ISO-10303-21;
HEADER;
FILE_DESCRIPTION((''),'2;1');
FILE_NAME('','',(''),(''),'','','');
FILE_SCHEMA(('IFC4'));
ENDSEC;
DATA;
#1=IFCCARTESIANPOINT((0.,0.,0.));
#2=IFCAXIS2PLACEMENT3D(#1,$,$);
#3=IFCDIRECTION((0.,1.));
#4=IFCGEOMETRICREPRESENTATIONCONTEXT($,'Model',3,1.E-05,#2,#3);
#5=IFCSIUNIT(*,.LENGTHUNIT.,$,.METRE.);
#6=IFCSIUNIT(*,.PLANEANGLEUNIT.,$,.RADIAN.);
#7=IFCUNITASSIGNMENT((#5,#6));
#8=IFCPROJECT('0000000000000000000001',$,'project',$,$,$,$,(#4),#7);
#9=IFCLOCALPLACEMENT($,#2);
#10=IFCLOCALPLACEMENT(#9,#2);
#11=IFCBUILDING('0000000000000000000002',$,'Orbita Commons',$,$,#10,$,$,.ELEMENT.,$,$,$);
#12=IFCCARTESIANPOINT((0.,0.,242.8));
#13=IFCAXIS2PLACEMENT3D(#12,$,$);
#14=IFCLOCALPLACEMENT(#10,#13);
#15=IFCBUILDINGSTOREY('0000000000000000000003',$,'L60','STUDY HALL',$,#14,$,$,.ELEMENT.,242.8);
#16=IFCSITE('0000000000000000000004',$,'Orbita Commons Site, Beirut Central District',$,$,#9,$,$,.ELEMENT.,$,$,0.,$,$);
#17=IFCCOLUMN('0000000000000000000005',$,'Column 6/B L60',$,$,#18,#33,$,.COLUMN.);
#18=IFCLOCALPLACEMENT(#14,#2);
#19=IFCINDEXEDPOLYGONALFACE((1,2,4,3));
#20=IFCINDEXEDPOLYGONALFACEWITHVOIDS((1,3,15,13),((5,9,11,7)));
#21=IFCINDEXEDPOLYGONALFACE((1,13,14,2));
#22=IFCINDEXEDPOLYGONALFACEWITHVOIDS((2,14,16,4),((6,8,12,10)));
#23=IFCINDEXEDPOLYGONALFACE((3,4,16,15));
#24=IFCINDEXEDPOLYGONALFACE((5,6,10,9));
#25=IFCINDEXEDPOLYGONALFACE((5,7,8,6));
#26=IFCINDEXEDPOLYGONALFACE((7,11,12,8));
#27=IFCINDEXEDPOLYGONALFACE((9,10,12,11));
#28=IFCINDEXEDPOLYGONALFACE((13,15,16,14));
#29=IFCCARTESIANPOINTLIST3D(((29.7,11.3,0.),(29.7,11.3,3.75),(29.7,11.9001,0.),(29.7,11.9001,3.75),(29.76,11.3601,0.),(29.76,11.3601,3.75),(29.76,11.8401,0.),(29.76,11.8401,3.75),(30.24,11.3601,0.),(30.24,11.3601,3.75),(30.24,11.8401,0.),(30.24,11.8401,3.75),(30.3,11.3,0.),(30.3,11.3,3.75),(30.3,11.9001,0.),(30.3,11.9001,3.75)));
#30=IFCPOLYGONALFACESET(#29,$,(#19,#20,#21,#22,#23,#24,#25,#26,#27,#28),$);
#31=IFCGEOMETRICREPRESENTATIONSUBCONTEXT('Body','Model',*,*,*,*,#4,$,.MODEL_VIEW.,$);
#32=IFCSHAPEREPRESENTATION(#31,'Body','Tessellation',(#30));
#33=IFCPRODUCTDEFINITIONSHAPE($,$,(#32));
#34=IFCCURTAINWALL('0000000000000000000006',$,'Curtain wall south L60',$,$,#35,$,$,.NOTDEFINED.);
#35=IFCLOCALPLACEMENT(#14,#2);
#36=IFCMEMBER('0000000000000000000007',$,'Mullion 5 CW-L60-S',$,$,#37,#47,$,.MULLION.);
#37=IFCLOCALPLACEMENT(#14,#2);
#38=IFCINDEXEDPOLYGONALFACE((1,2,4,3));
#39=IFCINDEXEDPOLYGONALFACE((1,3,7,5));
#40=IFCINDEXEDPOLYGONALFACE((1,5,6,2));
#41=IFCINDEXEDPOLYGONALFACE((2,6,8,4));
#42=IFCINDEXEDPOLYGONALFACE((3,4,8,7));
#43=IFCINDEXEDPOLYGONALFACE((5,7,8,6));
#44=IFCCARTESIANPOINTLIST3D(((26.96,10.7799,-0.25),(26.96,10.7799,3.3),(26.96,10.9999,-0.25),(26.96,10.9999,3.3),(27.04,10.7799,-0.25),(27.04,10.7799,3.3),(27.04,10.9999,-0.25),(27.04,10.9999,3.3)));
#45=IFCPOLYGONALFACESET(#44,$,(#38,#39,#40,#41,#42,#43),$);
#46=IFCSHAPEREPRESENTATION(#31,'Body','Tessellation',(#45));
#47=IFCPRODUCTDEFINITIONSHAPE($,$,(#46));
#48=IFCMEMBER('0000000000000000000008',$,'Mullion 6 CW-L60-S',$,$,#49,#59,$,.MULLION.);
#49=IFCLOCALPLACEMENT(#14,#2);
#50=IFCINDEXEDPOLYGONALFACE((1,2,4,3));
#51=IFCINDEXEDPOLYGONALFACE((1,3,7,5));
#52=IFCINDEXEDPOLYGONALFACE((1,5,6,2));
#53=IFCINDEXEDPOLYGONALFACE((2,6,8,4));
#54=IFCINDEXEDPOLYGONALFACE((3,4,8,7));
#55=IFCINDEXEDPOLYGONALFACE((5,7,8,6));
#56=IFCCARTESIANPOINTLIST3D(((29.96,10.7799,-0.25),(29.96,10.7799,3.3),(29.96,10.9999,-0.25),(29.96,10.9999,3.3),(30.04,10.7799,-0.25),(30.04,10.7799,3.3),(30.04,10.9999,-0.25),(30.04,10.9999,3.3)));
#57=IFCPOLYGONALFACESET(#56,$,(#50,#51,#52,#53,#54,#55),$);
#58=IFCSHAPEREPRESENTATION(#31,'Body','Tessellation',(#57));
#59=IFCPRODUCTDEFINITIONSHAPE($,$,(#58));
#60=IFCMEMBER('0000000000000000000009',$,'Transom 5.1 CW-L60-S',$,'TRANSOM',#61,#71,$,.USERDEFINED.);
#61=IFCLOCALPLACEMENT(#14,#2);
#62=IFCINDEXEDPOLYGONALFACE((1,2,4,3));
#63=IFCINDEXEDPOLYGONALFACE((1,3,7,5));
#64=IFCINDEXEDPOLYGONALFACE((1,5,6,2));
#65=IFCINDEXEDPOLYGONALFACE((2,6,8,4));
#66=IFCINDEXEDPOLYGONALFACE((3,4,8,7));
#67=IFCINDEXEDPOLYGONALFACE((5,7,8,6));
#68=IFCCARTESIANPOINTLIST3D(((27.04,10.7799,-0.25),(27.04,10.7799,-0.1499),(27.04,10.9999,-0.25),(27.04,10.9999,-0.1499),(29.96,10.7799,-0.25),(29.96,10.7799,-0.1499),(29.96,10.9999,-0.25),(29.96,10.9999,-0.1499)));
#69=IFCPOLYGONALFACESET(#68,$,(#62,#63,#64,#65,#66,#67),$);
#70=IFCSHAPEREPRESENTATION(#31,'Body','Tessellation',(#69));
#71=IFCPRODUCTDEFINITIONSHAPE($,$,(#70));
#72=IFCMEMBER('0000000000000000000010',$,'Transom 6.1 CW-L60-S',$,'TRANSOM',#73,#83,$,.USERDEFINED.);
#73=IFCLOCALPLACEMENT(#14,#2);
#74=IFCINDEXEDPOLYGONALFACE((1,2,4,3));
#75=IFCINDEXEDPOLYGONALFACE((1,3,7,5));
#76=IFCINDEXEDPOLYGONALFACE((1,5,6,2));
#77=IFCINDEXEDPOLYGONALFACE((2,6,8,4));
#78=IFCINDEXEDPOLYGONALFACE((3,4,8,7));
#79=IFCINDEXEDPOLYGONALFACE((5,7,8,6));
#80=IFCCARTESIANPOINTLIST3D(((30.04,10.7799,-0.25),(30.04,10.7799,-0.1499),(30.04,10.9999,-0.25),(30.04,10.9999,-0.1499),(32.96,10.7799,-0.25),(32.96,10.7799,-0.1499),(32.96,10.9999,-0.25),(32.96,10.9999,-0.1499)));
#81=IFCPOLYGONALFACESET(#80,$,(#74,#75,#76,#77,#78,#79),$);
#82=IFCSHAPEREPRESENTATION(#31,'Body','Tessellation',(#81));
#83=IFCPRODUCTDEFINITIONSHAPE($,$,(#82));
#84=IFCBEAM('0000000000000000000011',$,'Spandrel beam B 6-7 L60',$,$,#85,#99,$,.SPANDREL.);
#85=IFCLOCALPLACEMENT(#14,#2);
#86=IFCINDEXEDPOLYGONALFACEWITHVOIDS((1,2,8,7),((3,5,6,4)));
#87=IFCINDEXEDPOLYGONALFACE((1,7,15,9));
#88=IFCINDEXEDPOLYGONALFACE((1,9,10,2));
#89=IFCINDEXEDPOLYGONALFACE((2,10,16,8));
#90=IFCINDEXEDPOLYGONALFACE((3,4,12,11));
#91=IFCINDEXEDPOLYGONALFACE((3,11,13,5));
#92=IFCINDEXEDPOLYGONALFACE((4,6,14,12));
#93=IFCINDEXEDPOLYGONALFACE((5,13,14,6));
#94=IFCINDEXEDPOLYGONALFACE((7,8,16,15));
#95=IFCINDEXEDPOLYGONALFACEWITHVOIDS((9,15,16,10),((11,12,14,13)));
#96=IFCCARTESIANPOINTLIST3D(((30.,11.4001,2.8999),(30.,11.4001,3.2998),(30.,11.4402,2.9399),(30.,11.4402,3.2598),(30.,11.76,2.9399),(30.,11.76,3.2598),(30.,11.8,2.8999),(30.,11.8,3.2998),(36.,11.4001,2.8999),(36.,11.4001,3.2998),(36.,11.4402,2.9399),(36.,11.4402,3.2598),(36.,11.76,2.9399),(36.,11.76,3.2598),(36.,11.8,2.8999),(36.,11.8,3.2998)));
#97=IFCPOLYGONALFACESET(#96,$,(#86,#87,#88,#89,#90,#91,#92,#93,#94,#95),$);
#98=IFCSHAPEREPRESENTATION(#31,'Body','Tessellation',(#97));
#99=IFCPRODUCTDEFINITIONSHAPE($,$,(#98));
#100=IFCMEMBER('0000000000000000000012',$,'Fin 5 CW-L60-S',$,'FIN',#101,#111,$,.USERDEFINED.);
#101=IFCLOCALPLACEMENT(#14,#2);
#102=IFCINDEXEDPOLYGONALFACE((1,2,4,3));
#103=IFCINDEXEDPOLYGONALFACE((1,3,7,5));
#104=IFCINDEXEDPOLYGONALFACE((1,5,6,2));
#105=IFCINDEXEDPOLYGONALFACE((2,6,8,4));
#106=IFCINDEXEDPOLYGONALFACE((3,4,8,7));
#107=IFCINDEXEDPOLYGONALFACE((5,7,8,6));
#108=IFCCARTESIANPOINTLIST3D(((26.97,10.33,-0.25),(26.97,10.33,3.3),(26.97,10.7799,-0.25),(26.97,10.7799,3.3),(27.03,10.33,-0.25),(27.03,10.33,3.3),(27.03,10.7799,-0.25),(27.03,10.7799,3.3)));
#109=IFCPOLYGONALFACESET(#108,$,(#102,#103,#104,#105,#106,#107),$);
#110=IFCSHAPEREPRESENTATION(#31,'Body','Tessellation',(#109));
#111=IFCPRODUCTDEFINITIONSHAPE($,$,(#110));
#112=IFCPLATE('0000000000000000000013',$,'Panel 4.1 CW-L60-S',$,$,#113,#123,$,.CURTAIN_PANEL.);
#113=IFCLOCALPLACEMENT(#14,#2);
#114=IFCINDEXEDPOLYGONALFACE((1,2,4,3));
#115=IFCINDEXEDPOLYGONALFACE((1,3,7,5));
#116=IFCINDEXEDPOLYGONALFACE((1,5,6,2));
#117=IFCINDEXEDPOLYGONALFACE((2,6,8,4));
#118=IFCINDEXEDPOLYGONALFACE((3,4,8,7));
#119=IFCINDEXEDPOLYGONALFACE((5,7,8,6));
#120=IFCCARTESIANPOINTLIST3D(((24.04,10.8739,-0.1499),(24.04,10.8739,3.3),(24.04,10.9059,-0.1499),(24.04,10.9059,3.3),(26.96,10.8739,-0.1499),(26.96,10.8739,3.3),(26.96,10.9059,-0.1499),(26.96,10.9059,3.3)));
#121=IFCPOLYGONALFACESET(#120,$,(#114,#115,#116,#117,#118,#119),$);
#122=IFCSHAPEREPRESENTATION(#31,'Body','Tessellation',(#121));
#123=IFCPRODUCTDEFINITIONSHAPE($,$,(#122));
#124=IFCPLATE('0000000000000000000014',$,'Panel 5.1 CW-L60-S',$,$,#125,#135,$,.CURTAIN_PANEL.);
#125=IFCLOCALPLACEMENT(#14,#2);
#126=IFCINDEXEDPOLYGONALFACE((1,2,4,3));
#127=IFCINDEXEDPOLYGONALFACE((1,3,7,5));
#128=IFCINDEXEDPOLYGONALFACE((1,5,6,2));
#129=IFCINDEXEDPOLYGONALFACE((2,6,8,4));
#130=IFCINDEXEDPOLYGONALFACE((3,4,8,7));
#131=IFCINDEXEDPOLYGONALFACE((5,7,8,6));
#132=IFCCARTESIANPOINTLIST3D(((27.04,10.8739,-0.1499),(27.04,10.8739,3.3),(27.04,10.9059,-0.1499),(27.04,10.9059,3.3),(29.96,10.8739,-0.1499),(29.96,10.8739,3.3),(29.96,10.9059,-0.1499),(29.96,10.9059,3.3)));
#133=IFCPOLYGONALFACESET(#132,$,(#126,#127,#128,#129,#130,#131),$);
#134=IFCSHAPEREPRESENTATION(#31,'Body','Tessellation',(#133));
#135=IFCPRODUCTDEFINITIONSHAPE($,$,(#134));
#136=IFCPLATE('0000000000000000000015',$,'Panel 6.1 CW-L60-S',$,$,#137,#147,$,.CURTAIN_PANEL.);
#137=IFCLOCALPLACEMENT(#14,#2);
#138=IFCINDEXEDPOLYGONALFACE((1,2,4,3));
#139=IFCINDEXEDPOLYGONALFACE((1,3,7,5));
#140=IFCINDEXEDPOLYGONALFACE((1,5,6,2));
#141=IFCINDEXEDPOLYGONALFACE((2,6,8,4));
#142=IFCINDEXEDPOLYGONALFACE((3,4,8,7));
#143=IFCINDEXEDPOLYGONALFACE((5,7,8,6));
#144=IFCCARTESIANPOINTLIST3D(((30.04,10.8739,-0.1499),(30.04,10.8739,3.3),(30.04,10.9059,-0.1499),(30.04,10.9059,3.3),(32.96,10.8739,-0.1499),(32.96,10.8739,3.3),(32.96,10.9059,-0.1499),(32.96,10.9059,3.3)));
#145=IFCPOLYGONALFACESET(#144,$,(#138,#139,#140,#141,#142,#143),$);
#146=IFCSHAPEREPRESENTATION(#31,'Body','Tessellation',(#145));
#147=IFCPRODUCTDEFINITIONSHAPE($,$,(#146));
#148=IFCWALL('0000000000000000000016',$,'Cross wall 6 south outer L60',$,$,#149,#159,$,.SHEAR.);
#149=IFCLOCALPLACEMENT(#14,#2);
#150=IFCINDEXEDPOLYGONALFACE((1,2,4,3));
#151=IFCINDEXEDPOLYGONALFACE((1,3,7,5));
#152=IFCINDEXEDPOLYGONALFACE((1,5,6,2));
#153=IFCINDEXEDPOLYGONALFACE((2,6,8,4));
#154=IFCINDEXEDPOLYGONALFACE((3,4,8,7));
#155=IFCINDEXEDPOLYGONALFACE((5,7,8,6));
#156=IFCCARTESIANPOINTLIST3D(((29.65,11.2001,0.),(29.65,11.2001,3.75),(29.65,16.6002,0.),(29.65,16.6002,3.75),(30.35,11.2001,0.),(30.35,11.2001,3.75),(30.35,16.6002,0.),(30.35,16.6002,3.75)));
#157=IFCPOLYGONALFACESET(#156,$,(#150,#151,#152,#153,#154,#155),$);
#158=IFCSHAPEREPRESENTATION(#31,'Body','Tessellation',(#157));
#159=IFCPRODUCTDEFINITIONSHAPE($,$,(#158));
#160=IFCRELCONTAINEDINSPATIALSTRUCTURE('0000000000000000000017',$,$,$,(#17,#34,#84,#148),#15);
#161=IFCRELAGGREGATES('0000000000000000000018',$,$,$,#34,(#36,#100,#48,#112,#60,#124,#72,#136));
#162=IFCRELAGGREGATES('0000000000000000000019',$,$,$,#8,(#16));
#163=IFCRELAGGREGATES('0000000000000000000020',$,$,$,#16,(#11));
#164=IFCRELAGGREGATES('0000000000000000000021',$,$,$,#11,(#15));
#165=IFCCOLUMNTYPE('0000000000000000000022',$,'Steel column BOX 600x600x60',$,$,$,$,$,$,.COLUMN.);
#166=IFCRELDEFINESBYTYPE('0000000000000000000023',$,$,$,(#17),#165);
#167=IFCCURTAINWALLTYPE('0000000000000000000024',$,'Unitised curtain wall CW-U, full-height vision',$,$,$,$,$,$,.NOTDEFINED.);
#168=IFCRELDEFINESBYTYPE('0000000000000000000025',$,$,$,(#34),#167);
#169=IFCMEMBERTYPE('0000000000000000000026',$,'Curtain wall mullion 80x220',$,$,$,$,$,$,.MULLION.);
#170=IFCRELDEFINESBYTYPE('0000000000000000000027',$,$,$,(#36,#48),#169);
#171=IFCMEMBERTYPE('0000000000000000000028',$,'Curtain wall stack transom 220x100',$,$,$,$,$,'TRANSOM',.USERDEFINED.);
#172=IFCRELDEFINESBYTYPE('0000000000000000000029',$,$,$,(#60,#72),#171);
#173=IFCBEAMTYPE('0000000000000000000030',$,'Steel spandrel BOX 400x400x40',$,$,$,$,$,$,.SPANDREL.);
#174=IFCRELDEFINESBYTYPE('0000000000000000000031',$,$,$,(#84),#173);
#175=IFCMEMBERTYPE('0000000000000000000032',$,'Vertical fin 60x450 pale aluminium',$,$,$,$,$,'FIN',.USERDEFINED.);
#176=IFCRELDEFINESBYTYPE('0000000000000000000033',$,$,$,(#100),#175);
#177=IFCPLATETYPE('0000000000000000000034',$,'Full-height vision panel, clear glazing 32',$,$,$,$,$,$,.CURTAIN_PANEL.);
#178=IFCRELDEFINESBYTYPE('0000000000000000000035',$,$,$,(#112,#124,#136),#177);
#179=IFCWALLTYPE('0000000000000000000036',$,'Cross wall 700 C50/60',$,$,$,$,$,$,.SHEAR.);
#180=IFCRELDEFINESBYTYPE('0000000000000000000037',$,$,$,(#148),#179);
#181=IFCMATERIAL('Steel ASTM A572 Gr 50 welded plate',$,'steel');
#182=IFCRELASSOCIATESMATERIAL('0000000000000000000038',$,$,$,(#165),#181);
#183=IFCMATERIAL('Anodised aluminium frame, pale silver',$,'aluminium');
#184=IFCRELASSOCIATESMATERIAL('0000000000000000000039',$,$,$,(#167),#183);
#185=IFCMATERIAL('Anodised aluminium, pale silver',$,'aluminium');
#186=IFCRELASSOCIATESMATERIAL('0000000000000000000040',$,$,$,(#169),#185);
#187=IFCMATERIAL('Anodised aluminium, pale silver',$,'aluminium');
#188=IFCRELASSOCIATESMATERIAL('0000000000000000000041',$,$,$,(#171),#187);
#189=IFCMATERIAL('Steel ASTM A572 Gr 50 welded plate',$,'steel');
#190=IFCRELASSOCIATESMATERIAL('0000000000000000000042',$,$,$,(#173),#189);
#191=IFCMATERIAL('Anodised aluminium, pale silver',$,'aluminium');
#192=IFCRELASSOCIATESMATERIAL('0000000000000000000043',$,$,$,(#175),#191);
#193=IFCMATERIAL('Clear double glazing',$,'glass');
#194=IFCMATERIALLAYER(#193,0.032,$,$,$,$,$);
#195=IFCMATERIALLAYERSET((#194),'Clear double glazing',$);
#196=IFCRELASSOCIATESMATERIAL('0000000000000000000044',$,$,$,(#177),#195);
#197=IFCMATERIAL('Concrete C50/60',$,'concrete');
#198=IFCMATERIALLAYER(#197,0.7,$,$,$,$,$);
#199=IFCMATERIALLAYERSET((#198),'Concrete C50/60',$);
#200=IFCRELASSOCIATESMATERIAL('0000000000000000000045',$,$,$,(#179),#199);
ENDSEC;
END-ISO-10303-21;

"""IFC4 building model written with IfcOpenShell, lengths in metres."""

from ifc_helpers import new_model, si_unit, direction, frame, frame_2d, origin, origin_2d, place, context, subcontext, project, spatial, rectangle, hollow_rectangle, extrude, material, layer, layer_set, material_profile, profile_set, type_object, element, aggregate, save


model = new_model("IFC4")

# Units and contexts
model_context = context("Model", 3, precision=1e-05, world=origin(), true_north=direction((0.0, 1.0)))
body_context = subcontext(model_context, "Body", "Model", "MODEL_VIEW")
ifc_project = project(units=[si_unit("LENGTHUNIT", "METRE"), si_unit("PLANEANGLEUNIT", "RADIAN")], contexts=[model_context])

# Site, building, storey
site_placement = place(None, origin())
site = spatial("IfcSite", under=ifc_project, at=site_placement, Name="Orbita Commons Site, Beirut Central District", CompositionType="ELEMENT", RefElevation=0.0)
building_placement = place(site_placement, origin())
building = spatial("IfcBuilding", under=site, at=building_placement, Name="Orbita Commons", CompositionType="ELEMENT")
storey_placement = place(building_placement, frame((0.0, 0.0, 242.8)))
storey = spatial("IfcBuildingStorey", under=building, at=storey_placement, Name="L60", Description="STUDY HALL", CompositionType="ELEMENT", Elevation=242.8)

# Column
ifc_material_1 = material(Name="Steel ASTM A572 Gr 50 welded plate", Category="steel")
ifc_material_profile_1 = material_profile(ifc_material_1, hollow_rectangle(XDim=0.6001, YDim=0.6001, WallThickness=0.0601, at=origin_2d()), Name="BOX 600x600x60")
ifc_profile_set_1 = profile_set([ifc_material_profile_1], Name="Steel ASTM A572 Gr 50 welded plate")
column_type = type_object("IfcColumnType", Name="Steel column BOX 600x600x60", PredefinedType="COLUMN", material=ifc_profile_set_1)
column_placement = place(storey_placement, frame((30.0, 11.6001, 0.0), z_axis=(0.0, 0.0, 1.0), x_axis=(1.0, 0.0, 0.0)))
element("IfcColumn", 1, at=column_placement, inside=storey, type_object=column_type, Name="Column 6/B L60", PredefinedType="COLUMN", context=body_context, shape_type="SweptSolid", body=[
    extrude(hollow_rectangle(XDim=0.6001, YDim=0.6001, WallThickness=0.0601, at=origin_2d()), origin(), (0.0, 0.0, 1.0), 3.75),
])

# Curtain wall, members
ifc_material_2 = material(Name="Anodised aluminium frame, pale silver", Category="aluminium")
curtain_wall_type = type_object("IfcCurtainWallType", Name="Unitised curtain wall CW-U, full-height vision", PredefinedType="NOTDEFINED", material=ifc_material_2)
curtain_wall_placement = place(storey_placement, origin())
curtain_wall = element("IfcCurtainWall", 2, at=curtain_wall_placement, inside=storey, type_object=curtain_wall_type, Name="Curtain wall south L60", PredefinedType="NOTDEFINED")
ifc_material_3 = material(Name="Anodised aluminium, pale silver", Category="aluminium")
ifc_material_profile_2 = material_profile(ifc_material_3, rectangle(XDim=0.0801, YDim=0.22, at=origin_2d()), Name="AL 80x220")
ifc_profile_set_2 = profile_set([ifc_material_profile_2], Name="Anodised aluminium, pale silver")
member_type_1 = type_object("IfcMemberType", Name="Curtain wall mullion 80x220", PredefinedType="MULLION", material=ifc_profile_set_2)
member_1_placement = place(storey_placement, frame((27.0, 10.8899, -0.25), z_axis=(0.0, 0.0, 1.0), x_axis=(1.0, 0.0, 0.0)))
member_1 = element("IfcMember", 3, at=member_1_placement, type_object=member_type_1, Name="Mullion 5 CW-L60-S", PredefinedType="MULLION", context=body_context, shape_type="SweptSolid", body=[
    extrude(rectangle(XDim=0.0801, YDim=0.22, at=origin_2d()), origin(), (0.0, 0.0, 1.0), 3.55),
])
member_2_placement = place(storey_placement, frame((30.0, 10.8899, -0.25), z_axis=(0.0, 0.0, 1.0), x_axis=(1.0, 0.0, 0.0)))
member_2 = element("IfcMember", 4, at=member_2_placement, type_object=member_type_1, Name="Mullion 6 CW-L60-S", PredefinedType="MULLION", context=body_context, shape_type="SweptSolid", body=[
    extrude(rectangle(XDim=0.0801, YDim=0.22, at=origin_2d()), origin(), (0.0, 0.0, 1.0), 3.55),
])
ifc_material_4 = material(Name="Anodised aluminium, pale silver", Category="aluminium")
ifc_material_profile_3 = material_profile(ifc_material_4, rectangle(XDim=0.22, YDim=0.1001, at=origin_2d()), Name="AL 220x100")
ifc_profile_set_3 = profile_set([ifc_material_profile_3], Name="Anodised aluminium, pale silver")
member_type_2 = type_object("IfcMemberType", Name="Curtain wall stack transom 220x100", ElementType="TRANSOM", PredefinedType="USERDEFINED", material=ifc_profile_set_3)
member_3_placement = place(storey_placement, frame((27.04, 10.8899, -0.2), z_axis=(1.0, 0.0, 0.0), x_axis=(0.0, 1.0, 0.0)))
member_3 = element("IfcMember", 5, at=member_3_placement, type_object=member_type_2, Name="Transom 5.1 CW-L60-S", ObjectType="TRANSOM", PredefinedType="USERDEFINED", context=body_context, shape_type="SweptSolid", body=[
    extrude(rectangle(XDim=0.22, YDim=0.1001, at=origin_2d()), origin(), (0.0, 0.0, 1.0), 2.9199),
])
member_4_placement = place(storey_placement, frame((30.04, 10.8899, -0.2), z_axis=(1.0, 0.0, 0.0), x_axis=(0.0, 1.0, 0.0)))
member_4 = element("IfcMember", 6, at=member_4_placement, type_object=member_type_2, Name="Transom 6.1 CW-L60-S", ObjectType="TRANSOM", PredefinedType="USERDEFINED", context=body_context, shape_type="SweptSolid", body=[
    extrude(rectangle(XDim=0.22, YDim=0.1001, at=origin_2d()), origin(), (0.0, 0.0, 1.0), 2.9199),
])

# Beam
ifc_material_5 = material(Name="Steel ASTM A572 Gr 50 welded plate", Category="steel")
ifc_material_profile_4 = material_profile(ifc_material_5, hollow_rectangle(XDim=0.3999, YDim=0.3999, WallThickness=0.04, at=origin_2d()), Name="BOX 400x400x40")
ifc_profile_set_4 = profile_set([ifc_material_profile_4], Name="Steel ASTM A572 Gr 50 welded plate")
beam_type = type_object("IfcBeamType", Name="Steel spandrel BOX 400x400x40", PredefinedType="SPANDREL", material=ifc_profile_set_4)
beam_placement = place(storey_placement, frame((30.0, 11.6001, 3.0999), z_axis=(1.0, 0.0, 0.0), x_axis=(0.0, 1.0, 0.0)))
element("IfcBeam", 7, at=beam_placement, inside=storey, type_object=beam_type, Name="Spandrel beam B 6-7 L60", PredefinedType="SPANDREL", context=body_context, shape_type="SweptSolid", body=[
    extrude(hollow_rectangle(XDim=0.3999, YDim=0.3999, WallThickness=0.04, at=origin_2d()), origin(), (0.0, 0.0, 1.0), 6.0),
])

# Member
ifc_material_6 = material(Name="Anodised aluminium, pale silver", Category="aluminium")
ifc_material_profile_5 = material_profile(ifc_material_6, rectangle(XDim=0.0601, YDim=0.45, at=origin_2d()), Name="FIN 60x450")
ifc_profile_set_5 = profile_set([ifc_material_profile_5], Name="Anodised aluminium, pale silver")
member_type_3 = type_object("IfcMemberType", Name="Vertical fin 60x450 pale aluminium", ElementType="FIN", PredefinedType="USERDEFINED", material=ifc_profile_set_5)
member_5_placement = place(storey_placement, frame((27.0, 10.5549, -0.25), z_axis=(0.0, 0.0, 1.0), x_axis=(1.0, 0.0, 0.0)))
member_5 = element("IfcMember", 8, at=member_5_placement, type_object=member_type_3, Name="Fin 5 CW-L60-S", ObjectType="FIN", PredefinedType="USERDEFINED", context=body_context, shape_type="SweptSolid", body=[
    extrude(rectangle(XDim=0.0601, YDim=0.45, at=origin_2d()), origin(), (0.0, 0.0, 1.0), 3.55),
])

# Plates
ifc_material_7 = material(Name="Clear double glazing", Category="glass")
ifc_layer_1 = layer(ifc_material_7, 0.032)
ifc_layer_set_1 = layer_set([ifc_layer_1], Name="Clear double glazing")
plate_type = type_object("IfcPlateType", Name="Full-height vision panel, clear glazing 32", PredefinedType="CURTAIN_PANEL", material=ifc_layer_set_1)
plate_1_placement = place(storey_placement, frame((25.5, 10.8899, -0.1499), z_axis=(0.0, 0.0, 1.0), x_axis=(1.0, 0.0, 0.0)))
plate_1 = element("IfcPlate", 9, at=plate_1_placement, type_object=plate_type, Name="Panel 4.1 CW-L60-S", PredefinedType="CURTAIN_PANEL", context=body_context, shape_type="SweptSolid", body=[
    extrude(rectangle(XDim=2.9199, YDim=0.032, at=origin_2d()), origin(), (0.0, 0.0, 1.0), 3.45),
])
plate_2_placement = place(storey_placement, frame((28.5, 10.8899, -0.1499), z_axis=(0.0, 0.0, 1.0), x_axis=(1.0, 0.0, 0.0)))
plate_2 = element("IfcPlate", 10, at=plate_2_placement, type_object=plate_type, Name="Panel 5.1 CW-L60-S", PredefinedType="CURTAIN_PANEL", context=body_context, shape_type="SweptSolid", body=[
    extrude(rectangle(XDim=2.9199, YDim=0.032, at=origin_2d()), origin(), (0.0, 0.0, 1.0), 3.45),
])
plate_3_placement = place(storey_placement, frame((31.5, 10.8899, -0.1499), z_axis=(0.0, 0.0, 1.0), x_axis=(1.0, 0.0, 0.0)))
plate_3 = element("IfcPlate", 11, at=plate_3_placement, type_object=plate_type, Name="Panel 6.1 CW-L60-S", PredefinedType="CURTAIN_PANEL", context=body_context, shape_type="SweptSolid", body=[
    extrude(rectangle(XDim=2.9199, YDim=0.032, at=origin_2d()), origin(), (0.0, 0.0, 1.0), 3.45),
])
aggregate(curtain_wall, [member_1, member_5, member_2, plate_1, member_3, plate_2, member_4, plate_3])

# Wall
ifc_material_8 = material(Name="Concrete C50/60", Category="concrete")
ifc_layer_2 = layer(ifc_material_8, 0.7)
ifc_layer_set_2 = layer_set([ifc_layer_2], Name="Concrete C50/60")
wall_type_1 = type_object("IfcWallType", Name="Cross wall 700 C50/60", PredefinedType="SHEAR", material=ifc_layer_set_2)
wall_1_placement = place(storey_placement, frame((30.0, 11.2, 0.0), z_axis=(0.0, 0.0, 1.0), x_axis=(0.0, 1.0, 0.0)))
element("IfcWall", 12, at=wall_1_placement, inside=storey, type_object=wall_type_1, Name="Cross wall 6 south outer L60", PredefinedType="SHEAR", context=body_context, shape_type="SweptSolid", body=[
    extrude(rectangle(XDim=5.4001, YDim=0.7, at=frame_2d((2.7002, 0.0))), origin(), (0.0, 0.0, 1.0), 3.75),
])

save(model, "model.ifc")
